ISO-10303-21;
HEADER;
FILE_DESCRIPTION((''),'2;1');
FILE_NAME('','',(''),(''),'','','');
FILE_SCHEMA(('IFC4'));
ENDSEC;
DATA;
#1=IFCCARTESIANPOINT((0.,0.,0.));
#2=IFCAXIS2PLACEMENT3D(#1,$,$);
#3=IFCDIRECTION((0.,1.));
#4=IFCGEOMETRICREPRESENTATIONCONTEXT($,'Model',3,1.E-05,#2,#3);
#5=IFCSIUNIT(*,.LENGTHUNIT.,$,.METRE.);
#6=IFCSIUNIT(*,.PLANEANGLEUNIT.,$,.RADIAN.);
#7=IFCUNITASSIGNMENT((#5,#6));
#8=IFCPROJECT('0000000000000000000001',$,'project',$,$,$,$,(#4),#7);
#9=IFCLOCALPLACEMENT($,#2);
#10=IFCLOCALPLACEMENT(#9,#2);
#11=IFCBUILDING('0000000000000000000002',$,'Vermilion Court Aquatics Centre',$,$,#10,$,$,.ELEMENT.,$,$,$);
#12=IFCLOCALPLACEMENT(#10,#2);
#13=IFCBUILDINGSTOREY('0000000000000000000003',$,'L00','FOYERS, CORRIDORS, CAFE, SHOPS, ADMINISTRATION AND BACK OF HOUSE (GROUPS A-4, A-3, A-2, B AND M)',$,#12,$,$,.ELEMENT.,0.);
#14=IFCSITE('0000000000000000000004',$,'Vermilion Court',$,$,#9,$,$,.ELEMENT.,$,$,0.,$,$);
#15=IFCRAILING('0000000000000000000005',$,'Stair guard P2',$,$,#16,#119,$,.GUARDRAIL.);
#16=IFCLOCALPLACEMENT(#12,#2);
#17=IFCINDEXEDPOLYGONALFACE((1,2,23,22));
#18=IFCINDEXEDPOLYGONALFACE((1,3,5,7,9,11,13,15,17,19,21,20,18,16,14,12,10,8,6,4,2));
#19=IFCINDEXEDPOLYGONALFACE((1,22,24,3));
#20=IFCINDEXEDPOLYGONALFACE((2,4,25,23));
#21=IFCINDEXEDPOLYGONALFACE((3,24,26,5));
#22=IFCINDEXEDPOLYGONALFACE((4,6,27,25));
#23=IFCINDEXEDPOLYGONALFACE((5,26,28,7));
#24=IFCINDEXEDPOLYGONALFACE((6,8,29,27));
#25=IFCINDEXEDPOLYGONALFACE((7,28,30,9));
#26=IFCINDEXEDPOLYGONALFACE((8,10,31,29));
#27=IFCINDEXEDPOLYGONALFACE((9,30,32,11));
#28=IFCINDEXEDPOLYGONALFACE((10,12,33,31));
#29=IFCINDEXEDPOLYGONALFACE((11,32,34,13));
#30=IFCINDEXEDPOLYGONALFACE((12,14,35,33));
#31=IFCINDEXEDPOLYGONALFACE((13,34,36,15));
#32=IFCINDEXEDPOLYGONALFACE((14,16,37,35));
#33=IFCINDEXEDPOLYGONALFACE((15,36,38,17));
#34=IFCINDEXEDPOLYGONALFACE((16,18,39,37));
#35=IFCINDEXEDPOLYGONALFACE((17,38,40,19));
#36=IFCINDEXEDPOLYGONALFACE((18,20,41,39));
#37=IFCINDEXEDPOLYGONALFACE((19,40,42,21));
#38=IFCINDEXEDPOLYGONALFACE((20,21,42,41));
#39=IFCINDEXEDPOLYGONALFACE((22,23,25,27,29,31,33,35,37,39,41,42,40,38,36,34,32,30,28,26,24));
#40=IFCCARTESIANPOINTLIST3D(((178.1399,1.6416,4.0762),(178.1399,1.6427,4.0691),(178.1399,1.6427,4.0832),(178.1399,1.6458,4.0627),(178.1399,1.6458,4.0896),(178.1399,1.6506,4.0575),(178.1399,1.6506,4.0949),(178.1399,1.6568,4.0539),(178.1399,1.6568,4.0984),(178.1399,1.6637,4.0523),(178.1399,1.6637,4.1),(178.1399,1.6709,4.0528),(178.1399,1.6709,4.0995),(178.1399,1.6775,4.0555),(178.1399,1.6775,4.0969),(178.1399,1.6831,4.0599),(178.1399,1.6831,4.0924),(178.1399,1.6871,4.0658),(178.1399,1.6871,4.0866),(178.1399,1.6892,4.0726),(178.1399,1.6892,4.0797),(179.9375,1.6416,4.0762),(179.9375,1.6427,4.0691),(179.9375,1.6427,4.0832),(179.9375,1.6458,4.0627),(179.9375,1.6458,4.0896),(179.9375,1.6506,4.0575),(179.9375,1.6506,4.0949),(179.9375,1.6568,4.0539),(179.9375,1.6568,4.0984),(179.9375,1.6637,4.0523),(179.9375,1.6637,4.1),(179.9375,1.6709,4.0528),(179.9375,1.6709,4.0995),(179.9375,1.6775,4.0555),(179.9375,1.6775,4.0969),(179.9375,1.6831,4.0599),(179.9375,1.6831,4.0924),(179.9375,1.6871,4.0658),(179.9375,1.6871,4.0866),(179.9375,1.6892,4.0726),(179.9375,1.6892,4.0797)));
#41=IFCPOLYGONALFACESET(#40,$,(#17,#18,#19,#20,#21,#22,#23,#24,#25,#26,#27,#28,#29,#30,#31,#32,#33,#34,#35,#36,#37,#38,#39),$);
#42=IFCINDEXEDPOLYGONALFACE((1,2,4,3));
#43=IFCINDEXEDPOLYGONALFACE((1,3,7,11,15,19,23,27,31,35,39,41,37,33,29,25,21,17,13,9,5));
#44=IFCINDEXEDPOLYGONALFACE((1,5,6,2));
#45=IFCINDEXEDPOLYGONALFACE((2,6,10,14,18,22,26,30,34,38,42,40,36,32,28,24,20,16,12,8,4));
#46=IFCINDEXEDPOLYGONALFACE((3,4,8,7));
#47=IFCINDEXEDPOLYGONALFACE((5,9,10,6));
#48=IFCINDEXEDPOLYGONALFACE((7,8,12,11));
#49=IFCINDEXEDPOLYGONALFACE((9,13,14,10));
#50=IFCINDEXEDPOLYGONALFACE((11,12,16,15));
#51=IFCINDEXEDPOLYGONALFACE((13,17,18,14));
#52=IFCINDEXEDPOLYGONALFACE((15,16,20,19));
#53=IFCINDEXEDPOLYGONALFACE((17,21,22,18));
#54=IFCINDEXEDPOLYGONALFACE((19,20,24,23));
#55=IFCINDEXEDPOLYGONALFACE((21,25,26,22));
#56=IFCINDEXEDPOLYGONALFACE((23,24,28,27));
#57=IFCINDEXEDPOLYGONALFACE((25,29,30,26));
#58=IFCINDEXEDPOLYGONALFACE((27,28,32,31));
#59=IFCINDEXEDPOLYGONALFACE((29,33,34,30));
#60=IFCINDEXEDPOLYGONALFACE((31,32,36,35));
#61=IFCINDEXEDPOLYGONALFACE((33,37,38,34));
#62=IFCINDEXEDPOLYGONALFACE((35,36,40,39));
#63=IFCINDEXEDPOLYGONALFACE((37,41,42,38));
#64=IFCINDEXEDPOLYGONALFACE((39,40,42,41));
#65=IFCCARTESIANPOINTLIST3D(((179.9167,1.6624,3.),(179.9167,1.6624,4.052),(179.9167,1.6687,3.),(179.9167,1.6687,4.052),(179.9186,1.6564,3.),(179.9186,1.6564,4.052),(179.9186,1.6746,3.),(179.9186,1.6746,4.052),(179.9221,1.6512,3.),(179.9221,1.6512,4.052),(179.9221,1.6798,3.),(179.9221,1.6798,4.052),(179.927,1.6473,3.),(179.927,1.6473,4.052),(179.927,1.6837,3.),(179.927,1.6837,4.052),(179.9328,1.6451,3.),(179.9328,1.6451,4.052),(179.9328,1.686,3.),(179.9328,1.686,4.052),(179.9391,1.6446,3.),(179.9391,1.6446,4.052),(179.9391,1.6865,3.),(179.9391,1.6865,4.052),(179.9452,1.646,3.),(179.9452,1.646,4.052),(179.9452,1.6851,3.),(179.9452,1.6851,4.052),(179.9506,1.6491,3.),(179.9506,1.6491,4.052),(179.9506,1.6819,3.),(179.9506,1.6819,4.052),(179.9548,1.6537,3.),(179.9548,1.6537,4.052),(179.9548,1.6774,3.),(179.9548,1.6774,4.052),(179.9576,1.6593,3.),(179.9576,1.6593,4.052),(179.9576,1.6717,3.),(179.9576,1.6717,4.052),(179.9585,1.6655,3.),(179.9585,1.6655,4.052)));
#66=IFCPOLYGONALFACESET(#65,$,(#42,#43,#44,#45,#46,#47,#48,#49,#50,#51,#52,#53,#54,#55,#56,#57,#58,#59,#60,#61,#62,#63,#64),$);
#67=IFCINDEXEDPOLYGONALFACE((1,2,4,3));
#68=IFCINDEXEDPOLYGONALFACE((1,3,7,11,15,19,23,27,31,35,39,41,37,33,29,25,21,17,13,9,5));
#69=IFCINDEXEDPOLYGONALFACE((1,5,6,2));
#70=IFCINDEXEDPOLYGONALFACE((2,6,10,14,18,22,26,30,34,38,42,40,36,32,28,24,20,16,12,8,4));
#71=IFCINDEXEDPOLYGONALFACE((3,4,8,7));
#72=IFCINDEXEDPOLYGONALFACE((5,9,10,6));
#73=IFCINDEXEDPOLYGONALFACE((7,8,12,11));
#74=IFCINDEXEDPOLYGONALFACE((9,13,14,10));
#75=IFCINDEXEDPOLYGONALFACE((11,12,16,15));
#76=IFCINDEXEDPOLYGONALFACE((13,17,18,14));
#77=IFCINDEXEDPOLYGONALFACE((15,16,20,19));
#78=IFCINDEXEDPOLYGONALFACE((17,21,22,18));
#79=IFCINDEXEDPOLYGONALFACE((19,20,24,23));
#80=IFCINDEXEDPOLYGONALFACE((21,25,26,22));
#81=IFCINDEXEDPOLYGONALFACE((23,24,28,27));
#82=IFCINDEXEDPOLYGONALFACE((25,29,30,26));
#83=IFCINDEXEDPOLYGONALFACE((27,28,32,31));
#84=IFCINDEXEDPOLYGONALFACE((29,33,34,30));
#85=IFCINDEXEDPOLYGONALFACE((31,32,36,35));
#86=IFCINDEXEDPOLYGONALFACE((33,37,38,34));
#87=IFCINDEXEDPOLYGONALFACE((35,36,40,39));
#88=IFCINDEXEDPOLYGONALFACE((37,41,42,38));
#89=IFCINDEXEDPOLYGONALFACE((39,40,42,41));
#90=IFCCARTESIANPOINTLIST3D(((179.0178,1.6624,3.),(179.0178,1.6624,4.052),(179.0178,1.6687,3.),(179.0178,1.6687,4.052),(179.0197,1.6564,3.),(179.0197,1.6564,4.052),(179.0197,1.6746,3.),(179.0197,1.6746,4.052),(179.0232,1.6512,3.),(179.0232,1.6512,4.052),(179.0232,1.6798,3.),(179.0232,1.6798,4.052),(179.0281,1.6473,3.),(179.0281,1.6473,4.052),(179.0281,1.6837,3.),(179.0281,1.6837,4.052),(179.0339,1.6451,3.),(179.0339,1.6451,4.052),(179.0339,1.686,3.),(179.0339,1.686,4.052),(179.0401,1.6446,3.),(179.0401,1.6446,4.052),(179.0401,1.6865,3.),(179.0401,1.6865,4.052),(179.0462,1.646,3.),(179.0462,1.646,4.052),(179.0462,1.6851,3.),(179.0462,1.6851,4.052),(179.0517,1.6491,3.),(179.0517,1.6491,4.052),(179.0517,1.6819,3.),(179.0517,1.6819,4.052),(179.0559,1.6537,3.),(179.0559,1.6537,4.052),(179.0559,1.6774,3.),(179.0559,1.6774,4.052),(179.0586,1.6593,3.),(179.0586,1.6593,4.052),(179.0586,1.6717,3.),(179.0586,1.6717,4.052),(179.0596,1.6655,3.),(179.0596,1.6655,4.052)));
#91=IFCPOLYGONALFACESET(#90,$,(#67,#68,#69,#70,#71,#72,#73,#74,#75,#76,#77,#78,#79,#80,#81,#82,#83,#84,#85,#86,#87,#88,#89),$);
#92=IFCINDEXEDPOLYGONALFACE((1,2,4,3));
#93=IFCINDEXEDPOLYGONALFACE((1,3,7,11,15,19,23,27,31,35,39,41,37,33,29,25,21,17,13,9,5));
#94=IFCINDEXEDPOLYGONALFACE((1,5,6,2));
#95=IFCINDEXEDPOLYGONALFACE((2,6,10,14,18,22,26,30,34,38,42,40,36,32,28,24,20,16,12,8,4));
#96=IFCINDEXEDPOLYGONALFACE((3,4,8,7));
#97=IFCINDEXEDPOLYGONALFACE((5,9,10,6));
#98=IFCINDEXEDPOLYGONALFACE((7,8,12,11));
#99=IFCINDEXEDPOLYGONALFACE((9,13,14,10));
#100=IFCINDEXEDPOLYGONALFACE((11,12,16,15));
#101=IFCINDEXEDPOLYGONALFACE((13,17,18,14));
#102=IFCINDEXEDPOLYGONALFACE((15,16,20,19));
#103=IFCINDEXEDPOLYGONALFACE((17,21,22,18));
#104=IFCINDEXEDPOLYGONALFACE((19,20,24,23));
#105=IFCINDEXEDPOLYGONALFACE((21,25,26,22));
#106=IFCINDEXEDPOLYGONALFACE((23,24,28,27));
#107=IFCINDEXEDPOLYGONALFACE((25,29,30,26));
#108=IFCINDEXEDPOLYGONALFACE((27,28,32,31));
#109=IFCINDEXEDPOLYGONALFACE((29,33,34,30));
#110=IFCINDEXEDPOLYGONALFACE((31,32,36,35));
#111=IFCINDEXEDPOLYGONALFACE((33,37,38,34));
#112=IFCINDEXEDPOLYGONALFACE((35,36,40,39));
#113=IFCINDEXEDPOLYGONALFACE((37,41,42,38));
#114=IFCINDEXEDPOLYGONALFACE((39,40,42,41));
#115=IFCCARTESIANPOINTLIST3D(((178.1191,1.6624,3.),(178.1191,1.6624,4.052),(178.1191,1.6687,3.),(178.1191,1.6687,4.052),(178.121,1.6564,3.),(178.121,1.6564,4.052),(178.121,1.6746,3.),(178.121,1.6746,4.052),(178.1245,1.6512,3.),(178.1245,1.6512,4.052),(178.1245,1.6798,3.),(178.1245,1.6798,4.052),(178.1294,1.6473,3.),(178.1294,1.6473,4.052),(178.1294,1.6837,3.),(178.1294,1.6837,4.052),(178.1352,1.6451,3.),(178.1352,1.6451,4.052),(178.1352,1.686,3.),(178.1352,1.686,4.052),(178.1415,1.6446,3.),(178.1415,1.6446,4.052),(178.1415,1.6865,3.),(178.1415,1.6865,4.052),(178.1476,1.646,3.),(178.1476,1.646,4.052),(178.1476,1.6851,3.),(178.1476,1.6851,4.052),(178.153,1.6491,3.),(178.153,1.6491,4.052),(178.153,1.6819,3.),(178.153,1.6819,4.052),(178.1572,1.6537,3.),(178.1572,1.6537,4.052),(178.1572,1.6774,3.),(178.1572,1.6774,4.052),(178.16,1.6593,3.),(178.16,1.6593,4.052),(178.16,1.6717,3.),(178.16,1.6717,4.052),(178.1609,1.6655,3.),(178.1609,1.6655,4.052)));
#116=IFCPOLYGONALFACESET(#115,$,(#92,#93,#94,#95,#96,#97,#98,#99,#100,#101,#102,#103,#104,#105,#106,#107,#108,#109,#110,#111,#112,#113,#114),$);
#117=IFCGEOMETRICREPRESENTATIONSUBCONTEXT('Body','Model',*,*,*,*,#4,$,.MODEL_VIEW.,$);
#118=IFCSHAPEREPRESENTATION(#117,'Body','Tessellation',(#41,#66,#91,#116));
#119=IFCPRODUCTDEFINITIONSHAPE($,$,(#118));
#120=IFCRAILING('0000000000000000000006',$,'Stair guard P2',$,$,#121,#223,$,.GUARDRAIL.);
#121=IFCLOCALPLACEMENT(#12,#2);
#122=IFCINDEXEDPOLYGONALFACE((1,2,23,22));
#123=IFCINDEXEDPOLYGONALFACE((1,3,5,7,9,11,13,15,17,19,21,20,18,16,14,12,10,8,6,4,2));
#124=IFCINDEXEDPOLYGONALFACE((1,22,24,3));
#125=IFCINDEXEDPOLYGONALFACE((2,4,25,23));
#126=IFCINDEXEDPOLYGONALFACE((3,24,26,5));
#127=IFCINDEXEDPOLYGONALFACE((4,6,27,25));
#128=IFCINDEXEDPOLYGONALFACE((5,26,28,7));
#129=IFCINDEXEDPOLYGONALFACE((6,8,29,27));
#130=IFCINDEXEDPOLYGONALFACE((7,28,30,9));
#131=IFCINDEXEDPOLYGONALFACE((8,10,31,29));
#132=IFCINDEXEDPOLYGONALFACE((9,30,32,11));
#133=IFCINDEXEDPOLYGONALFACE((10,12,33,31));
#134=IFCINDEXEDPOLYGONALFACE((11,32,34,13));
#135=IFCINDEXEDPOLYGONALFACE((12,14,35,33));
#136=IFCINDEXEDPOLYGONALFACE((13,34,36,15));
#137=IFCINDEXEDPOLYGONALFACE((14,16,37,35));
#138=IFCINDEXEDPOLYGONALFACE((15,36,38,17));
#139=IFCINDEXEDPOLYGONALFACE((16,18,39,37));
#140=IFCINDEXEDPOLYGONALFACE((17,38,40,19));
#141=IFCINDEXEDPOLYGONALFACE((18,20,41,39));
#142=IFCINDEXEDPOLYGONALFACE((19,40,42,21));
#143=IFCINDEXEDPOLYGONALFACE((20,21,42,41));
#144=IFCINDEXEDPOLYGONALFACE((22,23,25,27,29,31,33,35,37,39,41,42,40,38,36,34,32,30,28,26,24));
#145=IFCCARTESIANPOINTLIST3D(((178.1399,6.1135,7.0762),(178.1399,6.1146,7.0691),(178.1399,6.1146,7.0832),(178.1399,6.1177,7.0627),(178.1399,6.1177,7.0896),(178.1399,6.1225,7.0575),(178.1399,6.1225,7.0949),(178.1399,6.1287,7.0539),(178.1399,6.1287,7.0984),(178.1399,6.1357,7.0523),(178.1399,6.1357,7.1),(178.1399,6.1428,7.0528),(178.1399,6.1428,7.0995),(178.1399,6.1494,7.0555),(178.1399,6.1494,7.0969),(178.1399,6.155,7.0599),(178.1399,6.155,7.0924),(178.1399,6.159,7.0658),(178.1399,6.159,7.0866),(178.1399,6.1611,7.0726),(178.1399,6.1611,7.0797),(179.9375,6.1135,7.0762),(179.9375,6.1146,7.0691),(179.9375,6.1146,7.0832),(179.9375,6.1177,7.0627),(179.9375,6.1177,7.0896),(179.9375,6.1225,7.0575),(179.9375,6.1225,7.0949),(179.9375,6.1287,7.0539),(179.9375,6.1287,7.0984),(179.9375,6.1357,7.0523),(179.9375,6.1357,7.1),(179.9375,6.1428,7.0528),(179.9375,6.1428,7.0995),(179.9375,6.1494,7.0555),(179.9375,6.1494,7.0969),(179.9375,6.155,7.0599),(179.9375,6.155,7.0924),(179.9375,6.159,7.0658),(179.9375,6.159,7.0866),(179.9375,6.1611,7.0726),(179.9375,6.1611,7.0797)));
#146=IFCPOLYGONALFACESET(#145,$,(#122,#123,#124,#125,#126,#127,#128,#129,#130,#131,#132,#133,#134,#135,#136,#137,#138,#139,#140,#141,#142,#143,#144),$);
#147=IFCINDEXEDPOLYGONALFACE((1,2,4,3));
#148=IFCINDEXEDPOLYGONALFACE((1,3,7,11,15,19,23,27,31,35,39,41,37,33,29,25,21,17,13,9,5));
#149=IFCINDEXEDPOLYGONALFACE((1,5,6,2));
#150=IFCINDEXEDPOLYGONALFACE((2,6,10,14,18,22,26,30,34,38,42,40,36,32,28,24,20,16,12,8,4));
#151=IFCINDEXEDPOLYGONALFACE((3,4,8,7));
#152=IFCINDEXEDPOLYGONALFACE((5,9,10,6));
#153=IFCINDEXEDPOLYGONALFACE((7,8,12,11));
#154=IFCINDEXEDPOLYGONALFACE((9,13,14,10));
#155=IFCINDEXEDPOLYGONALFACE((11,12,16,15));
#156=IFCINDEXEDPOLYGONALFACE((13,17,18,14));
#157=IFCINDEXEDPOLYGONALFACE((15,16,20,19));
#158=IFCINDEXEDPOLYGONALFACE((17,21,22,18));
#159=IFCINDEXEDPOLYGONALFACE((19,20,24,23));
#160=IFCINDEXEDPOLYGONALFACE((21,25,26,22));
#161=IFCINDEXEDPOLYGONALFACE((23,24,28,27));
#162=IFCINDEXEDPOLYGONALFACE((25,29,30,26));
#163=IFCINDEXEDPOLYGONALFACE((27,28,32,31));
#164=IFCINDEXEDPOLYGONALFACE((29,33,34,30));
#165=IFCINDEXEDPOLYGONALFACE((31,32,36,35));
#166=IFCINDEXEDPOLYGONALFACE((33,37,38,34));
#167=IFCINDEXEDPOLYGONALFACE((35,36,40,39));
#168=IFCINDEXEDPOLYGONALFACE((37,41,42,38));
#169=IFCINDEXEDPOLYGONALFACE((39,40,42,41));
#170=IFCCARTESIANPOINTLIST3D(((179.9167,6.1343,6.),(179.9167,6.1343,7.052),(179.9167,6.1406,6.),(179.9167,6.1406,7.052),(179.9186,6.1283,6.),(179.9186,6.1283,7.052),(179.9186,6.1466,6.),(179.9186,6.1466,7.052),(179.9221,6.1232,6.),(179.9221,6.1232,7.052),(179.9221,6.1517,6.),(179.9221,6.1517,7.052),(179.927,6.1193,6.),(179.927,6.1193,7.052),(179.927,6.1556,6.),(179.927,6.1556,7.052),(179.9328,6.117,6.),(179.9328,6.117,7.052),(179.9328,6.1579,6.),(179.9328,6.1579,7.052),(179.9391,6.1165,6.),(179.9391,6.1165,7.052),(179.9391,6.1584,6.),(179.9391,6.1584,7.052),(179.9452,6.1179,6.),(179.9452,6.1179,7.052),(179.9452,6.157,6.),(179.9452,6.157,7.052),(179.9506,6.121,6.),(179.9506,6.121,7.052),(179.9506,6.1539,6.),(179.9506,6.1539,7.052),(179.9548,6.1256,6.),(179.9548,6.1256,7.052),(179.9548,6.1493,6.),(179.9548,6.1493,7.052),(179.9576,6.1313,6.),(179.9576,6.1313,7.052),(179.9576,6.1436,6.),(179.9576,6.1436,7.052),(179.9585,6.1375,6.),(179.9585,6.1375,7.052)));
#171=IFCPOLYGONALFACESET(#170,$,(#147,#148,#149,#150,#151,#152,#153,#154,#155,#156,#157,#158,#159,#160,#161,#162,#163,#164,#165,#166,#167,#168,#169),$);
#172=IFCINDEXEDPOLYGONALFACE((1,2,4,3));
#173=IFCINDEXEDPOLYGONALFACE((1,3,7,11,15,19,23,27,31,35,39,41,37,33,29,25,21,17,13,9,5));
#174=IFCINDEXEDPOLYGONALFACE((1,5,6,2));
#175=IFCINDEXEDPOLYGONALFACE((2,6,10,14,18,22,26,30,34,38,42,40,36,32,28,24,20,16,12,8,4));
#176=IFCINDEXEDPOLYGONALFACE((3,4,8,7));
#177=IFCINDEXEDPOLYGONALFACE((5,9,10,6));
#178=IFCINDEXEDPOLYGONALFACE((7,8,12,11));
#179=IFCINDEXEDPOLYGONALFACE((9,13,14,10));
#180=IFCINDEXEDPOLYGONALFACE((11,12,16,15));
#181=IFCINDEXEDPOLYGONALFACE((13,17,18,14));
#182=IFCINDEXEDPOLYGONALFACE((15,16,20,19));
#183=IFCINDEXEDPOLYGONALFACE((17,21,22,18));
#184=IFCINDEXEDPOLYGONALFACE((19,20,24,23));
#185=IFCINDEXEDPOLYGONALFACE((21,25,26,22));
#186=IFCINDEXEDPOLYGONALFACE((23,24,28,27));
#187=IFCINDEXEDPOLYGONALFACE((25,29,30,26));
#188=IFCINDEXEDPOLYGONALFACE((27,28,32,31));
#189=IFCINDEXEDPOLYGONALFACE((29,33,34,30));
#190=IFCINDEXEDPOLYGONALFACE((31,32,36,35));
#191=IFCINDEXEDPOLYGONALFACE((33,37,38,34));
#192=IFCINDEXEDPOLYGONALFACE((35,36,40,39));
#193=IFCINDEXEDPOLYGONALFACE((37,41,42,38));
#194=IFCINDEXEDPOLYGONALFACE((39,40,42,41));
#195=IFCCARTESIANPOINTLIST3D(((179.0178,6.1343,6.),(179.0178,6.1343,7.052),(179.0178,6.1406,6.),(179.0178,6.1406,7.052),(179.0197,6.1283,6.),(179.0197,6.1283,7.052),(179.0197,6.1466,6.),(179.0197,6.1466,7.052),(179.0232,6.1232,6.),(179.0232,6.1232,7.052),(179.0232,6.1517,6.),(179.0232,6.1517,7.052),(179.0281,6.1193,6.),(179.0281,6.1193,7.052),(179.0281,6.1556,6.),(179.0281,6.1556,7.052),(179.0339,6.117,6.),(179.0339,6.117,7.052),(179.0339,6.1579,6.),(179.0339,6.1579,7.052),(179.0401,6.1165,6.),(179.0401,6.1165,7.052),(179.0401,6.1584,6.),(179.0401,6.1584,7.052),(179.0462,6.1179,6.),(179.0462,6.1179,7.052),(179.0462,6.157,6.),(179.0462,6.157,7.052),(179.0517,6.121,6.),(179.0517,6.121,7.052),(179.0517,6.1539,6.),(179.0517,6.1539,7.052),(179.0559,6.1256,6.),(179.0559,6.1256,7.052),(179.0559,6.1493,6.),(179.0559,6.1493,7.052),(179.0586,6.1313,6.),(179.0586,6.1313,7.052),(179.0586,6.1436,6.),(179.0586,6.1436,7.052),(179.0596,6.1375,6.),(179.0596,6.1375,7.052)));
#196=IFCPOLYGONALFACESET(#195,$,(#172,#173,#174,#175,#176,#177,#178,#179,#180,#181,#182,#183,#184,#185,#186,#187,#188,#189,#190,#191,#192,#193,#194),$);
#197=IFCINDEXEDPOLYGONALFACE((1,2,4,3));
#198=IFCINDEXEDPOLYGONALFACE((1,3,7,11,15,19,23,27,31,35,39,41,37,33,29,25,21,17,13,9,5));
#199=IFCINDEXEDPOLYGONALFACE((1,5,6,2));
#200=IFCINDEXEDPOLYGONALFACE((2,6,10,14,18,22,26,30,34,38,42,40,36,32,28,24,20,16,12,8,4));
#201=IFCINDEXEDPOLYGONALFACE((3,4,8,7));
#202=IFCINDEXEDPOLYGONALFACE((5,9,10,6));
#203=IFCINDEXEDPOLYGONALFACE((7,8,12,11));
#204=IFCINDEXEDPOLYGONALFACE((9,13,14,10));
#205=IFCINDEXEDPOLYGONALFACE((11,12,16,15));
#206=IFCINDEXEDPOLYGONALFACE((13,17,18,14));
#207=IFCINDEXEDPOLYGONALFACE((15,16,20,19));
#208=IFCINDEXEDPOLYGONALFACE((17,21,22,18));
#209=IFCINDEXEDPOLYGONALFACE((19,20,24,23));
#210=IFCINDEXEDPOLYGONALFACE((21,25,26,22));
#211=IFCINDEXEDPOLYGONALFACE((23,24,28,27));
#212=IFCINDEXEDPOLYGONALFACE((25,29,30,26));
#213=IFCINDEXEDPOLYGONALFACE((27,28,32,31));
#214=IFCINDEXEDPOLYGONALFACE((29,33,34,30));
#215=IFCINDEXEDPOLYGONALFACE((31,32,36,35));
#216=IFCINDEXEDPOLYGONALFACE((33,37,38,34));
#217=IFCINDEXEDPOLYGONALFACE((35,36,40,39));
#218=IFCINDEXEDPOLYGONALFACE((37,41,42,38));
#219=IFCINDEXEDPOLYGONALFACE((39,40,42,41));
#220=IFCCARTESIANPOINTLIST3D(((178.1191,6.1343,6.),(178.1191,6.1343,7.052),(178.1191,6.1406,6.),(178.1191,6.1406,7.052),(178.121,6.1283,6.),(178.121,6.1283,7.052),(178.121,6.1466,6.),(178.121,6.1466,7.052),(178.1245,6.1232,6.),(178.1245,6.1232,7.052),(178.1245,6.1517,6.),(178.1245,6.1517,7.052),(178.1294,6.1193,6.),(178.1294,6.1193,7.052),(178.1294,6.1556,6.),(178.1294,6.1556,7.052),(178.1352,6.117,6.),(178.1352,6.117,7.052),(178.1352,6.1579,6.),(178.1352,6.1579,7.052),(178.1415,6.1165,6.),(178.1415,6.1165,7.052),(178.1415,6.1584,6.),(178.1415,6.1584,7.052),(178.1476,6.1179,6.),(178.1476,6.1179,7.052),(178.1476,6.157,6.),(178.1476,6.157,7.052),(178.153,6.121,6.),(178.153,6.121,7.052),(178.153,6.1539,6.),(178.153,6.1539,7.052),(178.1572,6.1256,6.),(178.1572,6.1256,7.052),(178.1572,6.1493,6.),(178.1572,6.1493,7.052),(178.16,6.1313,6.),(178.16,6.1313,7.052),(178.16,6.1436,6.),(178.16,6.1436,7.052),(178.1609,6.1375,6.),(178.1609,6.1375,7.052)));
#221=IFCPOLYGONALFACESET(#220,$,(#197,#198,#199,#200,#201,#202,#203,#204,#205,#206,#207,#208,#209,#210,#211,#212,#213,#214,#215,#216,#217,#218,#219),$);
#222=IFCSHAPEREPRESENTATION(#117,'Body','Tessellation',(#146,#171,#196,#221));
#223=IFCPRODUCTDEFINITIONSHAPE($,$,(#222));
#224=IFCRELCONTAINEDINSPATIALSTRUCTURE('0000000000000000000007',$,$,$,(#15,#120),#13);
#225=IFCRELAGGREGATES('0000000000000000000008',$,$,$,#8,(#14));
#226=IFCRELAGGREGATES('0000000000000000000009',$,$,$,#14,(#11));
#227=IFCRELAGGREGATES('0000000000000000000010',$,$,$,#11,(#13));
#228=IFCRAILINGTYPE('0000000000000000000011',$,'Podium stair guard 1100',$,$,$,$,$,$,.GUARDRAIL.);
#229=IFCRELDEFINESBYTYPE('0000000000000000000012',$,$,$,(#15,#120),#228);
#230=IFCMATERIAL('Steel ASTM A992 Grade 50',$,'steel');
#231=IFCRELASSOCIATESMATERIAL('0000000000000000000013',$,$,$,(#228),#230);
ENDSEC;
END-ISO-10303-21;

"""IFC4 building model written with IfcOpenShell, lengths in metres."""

from ifc_helpers import new_model, si_unit, direction, frame, origin, origin_2d, place, context, subcontext, project, spatial, circle, extrude, material, type_object, element, save


model = new_model("IFC4")

# Units and contexts
model_context = context("Model", 3, precision=1e-05, world=origin(), true_north=direction((0.0, 1.0)))
body_context = subcontext(model_context, "Body", "Model", "MODEL_VIEW")
ifc_project = project(units=[si_unit("LENGTHUNIT", "METRE"), si_unit("PLANEANGLEUNIT", "RADIAN")], contexts=[model_context])

# Site, building, storey
site_placement = place(None, origin())
site = spatial("IfcSite", under=ifc_project, at=site_placement, Name="Vermilion Court", CompositionType="ELEMENT", RefElevation=0.0)
building_placement = place(site_placement, origin())
building = spatial("IfcBuilding", under=site, at=building_placement, Name="Vermilion Court Aquatics Centre", CompositionType="ELEMENT")
storey_placement = place(building_placement, origin())
storey = spatial("IfcBuildingStorey", under=building, at=storey_placement, Name="L00", Description="FOYERS, CORRIDORS, CAFE, SHOPS, ADMINISTRATION AND BACK OF HOUSE (GROUPS A-4, A-3, A-2, B AND M)", CompositionType="ELEMENT", Elevation=0.0)

# Railings
ifc_material_1 = material(Name="Steel ASTM A992 Grade 50", Category="steel")
railing_type_1 = type_object("IfcRailingType", Name="Podium stair guard 1100", PredefinedType="GUARDRAIL", material=ifc_material_1)
for number, where, name in (
    (1, (179.9375, 1.6655, 3.0), "Stair guard P2"),
    (2, (179.9375, 6.1375, 6.0), "Stair guard P2"),
):
    element("IfcRailing", number, at=place(storey_placement, frame(where)), inside=storey, type_object=railing_type_1, Name=name, PredefinedType="GUARDRAIL", context=body_context, shape_type="SweptSolid", body=[
        extrude(circle(Radius=0.0239, at=origin_2d()), frame((0.0, 0.0, 1.0762), z_axis=(-1.0, 0.0, 0.0), x_axis=(0.0, -1.0, 0.0)), (0.0, 0.0, 1.0), 1.7976),
        extrude(circle(Radius=0.021, at=origin_2d()), origin(), (0.0, 0.0, 1.0), 1.052),
        extrude(circle(Radius=0.021, at=origin_2d()), frame((-0.8989, 0.0, 0.0)), (0.0, 0.0, 1.0), 1.052),
        extrude(circle(Radius=0.021, at=origin_2d()), frame((-1.7976, 0.0, 0.0)), (0.0, 0.0, 1.0), 1.052),
    ])

save(model, "model.ifc")
